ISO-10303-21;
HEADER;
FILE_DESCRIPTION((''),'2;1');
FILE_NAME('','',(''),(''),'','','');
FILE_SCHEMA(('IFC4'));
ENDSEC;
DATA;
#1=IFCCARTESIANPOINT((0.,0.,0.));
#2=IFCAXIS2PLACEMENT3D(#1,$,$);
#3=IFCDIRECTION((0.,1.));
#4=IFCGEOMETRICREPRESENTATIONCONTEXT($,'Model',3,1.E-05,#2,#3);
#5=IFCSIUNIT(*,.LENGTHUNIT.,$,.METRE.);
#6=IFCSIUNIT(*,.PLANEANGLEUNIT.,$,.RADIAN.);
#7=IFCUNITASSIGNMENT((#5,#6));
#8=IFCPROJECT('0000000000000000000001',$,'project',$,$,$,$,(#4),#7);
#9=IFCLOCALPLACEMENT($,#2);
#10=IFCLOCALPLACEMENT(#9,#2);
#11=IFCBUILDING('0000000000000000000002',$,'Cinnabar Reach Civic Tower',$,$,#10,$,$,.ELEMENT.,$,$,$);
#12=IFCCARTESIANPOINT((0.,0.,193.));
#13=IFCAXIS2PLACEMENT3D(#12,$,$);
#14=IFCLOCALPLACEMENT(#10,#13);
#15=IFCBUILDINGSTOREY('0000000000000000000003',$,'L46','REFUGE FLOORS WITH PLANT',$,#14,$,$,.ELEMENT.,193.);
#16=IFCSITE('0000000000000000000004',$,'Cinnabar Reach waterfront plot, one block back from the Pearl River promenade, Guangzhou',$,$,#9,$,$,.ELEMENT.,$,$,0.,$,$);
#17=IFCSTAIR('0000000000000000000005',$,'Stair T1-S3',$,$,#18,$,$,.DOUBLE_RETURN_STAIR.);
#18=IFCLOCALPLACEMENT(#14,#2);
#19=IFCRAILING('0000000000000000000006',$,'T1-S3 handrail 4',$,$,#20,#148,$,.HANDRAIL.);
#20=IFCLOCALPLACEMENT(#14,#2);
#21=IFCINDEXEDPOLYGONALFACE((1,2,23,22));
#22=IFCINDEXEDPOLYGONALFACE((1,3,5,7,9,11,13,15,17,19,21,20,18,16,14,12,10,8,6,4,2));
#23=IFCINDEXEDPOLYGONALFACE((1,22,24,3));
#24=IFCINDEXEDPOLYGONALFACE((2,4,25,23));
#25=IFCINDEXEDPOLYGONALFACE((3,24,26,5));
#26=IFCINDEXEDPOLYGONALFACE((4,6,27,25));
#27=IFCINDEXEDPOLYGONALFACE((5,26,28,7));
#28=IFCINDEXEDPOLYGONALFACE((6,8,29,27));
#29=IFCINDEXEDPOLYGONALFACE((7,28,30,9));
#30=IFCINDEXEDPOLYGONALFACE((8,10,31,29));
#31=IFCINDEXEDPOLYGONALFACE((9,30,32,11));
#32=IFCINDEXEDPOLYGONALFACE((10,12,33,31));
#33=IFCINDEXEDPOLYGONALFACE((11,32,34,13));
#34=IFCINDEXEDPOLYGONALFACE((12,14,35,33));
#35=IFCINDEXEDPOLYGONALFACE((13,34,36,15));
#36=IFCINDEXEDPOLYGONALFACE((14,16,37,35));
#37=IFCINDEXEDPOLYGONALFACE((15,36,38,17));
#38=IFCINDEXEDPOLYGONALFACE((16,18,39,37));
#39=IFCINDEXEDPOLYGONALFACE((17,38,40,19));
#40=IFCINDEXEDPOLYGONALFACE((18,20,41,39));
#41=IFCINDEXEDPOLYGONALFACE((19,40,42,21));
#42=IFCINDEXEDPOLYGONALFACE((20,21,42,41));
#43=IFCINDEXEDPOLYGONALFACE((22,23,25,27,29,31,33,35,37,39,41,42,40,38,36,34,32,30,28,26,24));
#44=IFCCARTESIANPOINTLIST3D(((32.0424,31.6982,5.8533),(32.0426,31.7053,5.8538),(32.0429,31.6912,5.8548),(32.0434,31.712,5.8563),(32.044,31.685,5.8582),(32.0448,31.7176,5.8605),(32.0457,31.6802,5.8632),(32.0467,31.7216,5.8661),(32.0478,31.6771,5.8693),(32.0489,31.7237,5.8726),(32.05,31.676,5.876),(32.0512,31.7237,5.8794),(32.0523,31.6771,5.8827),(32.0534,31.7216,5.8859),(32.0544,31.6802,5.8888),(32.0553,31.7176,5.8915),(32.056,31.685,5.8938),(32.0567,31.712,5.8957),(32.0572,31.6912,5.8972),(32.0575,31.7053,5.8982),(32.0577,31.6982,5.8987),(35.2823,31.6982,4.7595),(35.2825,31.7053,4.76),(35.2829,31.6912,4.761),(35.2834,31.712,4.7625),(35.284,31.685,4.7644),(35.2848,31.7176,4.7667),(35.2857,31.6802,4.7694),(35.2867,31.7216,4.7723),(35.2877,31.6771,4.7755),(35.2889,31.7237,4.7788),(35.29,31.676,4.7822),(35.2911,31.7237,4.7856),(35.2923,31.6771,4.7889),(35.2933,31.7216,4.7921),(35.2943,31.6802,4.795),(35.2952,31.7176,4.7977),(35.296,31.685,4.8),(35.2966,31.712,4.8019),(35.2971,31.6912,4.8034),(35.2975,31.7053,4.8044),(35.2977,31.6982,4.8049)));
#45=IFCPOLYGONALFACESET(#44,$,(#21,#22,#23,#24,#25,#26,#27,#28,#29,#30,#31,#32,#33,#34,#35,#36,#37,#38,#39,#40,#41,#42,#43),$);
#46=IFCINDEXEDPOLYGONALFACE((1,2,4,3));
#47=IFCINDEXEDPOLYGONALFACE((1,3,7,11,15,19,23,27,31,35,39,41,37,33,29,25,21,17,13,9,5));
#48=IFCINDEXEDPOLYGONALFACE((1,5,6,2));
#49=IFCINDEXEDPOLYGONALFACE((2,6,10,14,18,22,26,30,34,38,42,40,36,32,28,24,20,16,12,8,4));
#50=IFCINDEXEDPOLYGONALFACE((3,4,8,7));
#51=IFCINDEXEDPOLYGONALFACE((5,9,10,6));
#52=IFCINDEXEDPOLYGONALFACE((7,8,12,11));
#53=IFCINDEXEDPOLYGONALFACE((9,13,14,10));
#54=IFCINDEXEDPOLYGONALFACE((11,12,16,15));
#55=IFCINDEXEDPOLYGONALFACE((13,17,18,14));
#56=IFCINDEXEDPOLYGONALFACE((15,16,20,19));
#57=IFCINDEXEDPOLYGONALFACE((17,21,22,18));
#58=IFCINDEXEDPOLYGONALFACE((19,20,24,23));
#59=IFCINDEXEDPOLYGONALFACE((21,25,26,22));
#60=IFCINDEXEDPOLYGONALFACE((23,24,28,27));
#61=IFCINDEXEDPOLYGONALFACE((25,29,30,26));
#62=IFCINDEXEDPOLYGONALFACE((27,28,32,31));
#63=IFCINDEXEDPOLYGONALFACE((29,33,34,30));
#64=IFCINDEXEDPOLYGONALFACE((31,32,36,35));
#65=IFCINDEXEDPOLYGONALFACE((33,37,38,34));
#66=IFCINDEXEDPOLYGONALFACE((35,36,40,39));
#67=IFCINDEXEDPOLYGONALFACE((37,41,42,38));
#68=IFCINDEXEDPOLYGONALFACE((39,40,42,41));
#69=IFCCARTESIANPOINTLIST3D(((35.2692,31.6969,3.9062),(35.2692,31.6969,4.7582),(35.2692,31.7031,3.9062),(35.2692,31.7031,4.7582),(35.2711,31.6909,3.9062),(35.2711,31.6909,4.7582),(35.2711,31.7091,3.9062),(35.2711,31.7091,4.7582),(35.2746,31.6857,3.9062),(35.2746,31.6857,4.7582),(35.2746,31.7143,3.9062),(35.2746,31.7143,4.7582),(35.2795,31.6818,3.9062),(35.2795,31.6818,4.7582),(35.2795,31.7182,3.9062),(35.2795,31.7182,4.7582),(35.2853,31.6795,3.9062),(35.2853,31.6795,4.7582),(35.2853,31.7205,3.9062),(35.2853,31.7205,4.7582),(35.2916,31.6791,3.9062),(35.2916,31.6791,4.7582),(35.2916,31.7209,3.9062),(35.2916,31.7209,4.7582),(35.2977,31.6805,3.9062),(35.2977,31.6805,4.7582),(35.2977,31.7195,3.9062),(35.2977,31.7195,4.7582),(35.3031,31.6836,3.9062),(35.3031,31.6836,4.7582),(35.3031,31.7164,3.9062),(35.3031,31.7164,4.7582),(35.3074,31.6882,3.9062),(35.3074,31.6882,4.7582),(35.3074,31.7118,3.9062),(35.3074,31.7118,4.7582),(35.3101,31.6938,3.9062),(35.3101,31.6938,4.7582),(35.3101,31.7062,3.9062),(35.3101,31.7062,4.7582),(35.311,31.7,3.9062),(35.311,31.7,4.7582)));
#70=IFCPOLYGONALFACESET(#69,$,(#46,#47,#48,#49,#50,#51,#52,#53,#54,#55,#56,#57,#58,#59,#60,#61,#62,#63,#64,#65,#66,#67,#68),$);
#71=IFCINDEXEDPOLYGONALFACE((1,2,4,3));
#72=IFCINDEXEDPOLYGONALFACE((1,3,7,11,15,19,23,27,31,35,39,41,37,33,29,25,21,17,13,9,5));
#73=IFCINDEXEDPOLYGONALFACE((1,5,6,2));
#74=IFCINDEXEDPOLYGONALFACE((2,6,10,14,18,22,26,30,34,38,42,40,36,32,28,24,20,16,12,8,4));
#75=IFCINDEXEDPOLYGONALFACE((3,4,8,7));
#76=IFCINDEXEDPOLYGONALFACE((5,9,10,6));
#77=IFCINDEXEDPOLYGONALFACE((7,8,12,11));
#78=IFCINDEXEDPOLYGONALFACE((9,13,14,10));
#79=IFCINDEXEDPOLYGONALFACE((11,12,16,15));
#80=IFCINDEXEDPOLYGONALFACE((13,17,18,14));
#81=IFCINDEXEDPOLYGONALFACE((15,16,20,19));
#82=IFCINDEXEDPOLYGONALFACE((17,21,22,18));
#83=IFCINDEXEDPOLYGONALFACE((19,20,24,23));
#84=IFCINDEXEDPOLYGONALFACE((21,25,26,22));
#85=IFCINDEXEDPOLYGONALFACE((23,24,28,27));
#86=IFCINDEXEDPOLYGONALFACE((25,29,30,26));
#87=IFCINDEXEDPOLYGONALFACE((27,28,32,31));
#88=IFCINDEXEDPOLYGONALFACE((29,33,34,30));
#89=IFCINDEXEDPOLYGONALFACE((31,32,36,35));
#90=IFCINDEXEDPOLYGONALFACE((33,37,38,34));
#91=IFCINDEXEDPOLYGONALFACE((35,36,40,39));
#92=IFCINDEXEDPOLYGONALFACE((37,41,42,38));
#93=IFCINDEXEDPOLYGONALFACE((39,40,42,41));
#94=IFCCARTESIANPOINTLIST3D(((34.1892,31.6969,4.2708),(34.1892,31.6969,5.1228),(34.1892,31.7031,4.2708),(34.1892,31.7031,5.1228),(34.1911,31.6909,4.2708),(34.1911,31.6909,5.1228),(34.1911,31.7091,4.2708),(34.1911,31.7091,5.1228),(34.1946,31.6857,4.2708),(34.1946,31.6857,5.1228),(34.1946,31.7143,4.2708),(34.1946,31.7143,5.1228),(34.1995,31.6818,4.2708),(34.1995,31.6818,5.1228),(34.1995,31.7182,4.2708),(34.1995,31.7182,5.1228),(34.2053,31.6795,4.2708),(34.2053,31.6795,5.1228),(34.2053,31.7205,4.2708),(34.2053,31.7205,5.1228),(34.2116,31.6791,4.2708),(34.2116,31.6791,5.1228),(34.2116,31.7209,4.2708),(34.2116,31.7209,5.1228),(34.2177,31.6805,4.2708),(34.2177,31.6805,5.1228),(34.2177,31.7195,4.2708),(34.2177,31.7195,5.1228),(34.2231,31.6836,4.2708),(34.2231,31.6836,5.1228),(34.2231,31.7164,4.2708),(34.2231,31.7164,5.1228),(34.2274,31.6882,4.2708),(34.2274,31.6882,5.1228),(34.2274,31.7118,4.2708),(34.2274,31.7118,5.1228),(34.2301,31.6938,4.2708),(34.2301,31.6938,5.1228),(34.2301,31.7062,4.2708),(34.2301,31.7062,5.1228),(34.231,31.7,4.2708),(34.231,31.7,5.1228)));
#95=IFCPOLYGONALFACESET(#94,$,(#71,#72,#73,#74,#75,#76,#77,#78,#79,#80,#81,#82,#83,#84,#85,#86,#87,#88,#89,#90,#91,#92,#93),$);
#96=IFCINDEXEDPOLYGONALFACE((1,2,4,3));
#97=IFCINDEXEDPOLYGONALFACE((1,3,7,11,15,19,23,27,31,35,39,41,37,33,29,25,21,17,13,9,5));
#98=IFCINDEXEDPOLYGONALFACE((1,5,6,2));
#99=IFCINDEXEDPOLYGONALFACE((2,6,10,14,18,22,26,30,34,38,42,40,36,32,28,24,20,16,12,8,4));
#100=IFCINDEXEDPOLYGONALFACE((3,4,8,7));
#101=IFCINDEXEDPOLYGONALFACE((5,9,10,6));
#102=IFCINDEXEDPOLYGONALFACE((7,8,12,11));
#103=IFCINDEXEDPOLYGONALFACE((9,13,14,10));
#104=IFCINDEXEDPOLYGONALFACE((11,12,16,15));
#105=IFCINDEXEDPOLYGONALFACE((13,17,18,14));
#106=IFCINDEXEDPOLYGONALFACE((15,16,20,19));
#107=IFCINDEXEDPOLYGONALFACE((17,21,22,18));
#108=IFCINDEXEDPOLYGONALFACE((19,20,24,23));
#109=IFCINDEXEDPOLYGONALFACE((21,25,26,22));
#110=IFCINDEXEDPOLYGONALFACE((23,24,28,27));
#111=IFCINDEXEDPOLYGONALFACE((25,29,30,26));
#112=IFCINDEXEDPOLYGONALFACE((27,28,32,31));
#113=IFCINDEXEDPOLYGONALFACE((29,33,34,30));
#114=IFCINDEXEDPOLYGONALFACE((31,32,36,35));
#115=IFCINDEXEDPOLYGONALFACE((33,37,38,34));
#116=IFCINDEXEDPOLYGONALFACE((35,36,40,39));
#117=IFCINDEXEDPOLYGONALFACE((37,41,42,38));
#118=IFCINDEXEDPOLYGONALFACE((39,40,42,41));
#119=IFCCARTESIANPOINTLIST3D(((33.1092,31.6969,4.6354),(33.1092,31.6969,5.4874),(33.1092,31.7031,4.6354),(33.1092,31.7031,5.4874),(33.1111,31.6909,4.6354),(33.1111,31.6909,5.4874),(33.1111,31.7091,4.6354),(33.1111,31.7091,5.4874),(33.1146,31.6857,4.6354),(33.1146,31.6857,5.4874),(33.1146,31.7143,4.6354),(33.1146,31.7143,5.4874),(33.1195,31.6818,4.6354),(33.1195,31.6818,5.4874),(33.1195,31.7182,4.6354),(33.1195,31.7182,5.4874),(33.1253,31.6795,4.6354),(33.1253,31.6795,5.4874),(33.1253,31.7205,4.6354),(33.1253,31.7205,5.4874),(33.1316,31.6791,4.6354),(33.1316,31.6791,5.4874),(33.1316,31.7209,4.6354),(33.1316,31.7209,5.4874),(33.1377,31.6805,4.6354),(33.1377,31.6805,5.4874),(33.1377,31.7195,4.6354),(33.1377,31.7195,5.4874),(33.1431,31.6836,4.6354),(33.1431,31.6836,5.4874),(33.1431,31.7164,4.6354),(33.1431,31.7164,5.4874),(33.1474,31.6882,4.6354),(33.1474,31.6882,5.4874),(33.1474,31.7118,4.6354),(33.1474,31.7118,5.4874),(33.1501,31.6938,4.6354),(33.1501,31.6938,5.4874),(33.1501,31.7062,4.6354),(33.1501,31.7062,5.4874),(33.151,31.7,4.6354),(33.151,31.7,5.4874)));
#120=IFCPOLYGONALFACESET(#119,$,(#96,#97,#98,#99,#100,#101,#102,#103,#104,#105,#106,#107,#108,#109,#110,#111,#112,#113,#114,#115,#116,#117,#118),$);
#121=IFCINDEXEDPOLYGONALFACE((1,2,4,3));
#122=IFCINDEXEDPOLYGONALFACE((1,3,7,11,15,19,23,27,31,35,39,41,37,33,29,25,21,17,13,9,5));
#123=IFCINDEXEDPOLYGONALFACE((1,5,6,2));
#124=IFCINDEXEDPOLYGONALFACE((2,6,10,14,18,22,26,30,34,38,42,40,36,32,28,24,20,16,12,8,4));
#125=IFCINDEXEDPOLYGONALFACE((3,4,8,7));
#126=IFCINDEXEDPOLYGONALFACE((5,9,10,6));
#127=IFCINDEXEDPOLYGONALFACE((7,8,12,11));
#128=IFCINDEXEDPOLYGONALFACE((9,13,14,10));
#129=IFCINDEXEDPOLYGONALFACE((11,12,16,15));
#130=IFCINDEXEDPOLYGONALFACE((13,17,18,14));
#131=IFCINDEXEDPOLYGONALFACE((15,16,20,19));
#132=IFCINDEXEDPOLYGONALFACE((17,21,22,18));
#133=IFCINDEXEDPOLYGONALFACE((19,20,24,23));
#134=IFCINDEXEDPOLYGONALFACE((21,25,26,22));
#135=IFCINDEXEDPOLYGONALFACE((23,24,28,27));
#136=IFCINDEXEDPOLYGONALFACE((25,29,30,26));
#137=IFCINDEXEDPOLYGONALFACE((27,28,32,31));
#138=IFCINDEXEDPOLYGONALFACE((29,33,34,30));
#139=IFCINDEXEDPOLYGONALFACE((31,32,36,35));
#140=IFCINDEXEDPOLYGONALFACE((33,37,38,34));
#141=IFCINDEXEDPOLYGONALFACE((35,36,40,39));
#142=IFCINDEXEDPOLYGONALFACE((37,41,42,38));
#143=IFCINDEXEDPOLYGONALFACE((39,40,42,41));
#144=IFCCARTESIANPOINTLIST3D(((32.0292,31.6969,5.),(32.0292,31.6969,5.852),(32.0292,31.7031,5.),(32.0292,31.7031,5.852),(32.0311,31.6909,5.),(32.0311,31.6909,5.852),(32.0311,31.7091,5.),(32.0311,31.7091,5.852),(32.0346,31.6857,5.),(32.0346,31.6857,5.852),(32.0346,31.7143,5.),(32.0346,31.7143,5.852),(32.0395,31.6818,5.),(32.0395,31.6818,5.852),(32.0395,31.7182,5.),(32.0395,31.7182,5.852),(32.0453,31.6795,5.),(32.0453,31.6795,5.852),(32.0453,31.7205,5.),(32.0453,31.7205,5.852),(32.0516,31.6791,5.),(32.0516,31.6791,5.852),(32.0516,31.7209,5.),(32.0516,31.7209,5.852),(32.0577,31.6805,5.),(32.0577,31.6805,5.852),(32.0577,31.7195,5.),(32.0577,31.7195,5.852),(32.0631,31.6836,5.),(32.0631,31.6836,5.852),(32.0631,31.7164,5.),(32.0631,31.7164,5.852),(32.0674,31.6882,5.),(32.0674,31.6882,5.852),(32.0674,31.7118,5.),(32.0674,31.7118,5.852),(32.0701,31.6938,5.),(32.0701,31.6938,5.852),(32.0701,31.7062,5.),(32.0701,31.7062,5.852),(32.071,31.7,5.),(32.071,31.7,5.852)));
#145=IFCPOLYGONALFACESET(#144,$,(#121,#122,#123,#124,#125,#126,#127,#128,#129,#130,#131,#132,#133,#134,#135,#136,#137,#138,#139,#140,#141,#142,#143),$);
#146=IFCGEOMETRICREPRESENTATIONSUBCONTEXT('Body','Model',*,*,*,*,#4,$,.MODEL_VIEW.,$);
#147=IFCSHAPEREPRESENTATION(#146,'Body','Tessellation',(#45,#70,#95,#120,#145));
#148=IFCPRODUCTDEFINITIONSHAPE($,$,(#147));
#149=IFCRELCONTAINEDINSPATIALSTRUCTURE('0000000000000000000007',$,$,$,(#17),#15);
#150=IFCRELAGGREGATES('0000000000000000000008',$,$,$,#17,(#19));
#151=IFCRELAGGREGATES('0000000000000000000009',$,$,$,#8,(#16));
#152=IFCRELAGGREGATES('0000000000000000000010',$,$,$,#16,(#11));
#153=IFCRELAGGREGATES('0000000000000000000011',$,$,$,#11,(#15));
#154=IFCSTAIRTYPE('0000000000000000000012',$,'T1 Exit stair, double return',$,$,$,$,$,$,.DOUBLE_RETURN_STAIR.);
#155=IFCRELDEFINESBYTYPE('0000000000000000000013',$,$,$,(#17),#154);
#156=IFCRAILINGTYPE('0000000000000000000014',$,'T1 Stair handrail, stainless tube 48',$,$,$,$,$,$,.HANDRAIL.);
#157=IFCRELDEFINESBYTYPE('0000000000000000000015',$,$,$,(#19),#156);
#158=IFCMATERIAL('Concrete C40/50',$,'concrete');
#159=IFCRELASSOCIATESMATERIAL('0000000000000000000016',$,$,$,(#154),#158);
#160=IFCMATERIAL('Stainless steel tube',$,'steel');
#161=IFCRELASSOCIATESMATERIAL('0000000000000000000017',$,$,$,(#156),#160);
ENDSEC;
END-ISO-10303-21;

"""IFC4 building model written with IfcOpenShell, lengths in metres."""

from ifc_helpers import new_model, si_unit, direction, frame, origin, origin_2d, place, context, subcontext, project, spatial, circle, extrude, material, type_object, element, aggregate, save


model = new_model("IFC4")

# Units and contexts
model_context = context("Model", 3, precision=1e-05, world=origin(), true_north=direction((0.0, 1.0)))
body_context = subcontext(model_context, "Body", "Model", "MODEL_VIEW")
ifc_project = project(units=[si_unit("LENGTHUNIT", "METRE"), si_unit("PLANEANGLEUNIT", "RADIAN")], contexts=[model_context])

# Site, building, storey
site_placement = place(None, origin())
site = spatial("IfcSite", under=ifc_project, at=site_placement, Name="Cinnabar Reach waterfront plot, one block back from the Pearl River promenade, Guangzhou", CompositionType="ELEMENT", RefElevation=0.0)
building_placement = place(site_placement, origin())
building = spatial("IfcBuilding", under=site, at=building_placement, Name="Cinnabar Reach Civic Tower", CompositionType="ELEMENT")
storey_placement = place(building_placement, frame((0.0, 0.0, 193.0)))
storey = spatial("IfcBuildingStorey", under=building, at=storey_placement, Name="L46", Description="REFUGE FLOORS WITH PLANT", CompositionType="ELEMENT", Elevation=193.0)

# Stair, railing
ifc_material_1 = material(Name="Concrete C40/50", Category="concrete")
stair_type = type_object("IfcStairType", Name="T1 Exit stair, double return", PredefinedType="DOUBLE_RETURN_STAIR", material=ifc_material_1)
stair_placement = place(storey_placement, origin())
stair = element("IfcStair", 1, at=stair_placement, inside=storey, type_object=stair_type, Name="Stair T1-S3", PredefinedType="DOUBLE_RETURN_STAIR")
ifc_material_2 = material(Name="Stainless steel tube", Category="steel")
railing_type = type_object("IfcRailingType", Name="T1 Stair handrail, stainless tube 48", PredefinedType="HANDRAIL", material=ifc_material_2)
railing_1_placement = place(storey_placement, frame((35.29, 31.7, 3.9062)))
railing_1 = element("IfcRailing", 2, at=railing_1_placement, type_object=railing_type, Name="T1-S3 handrail 4", PredefinedType="HANDRAIL", context=body_context, shape_type="SweptSolid", body=[
    extrude(circle(Radius=0.024, at=origin_2d()), frame((0.0, 0.0, 0.876), z_axis=(-0.947466, 0.0, 0.319857), x_axis=(0.0, -1.0, 0.0)), (0.0, 0.0, 1.0), 3.4196),
    extrude(circle(Radius=0.021, at=origin_2d()), origin(), (0.0, 0.0, 1.0), 0.852),
    extrude(circle(Radius=0.021, at=origin_2d()), frame((-1.08, 0.0, 0.3646)), (0.0, 0.0, 1.0), 0.852),
    extrude(circle(Radius=0.021, at=origin_2d()), frame((-2.16, 0.0, 0.7292)), (0.0, 0.0, 1.0), 0.852),
    extrude(circle(Radius=0.021, at=origin_2d()), frame((-3.24, 0.0, 1.0938)), (0.0, 0.0, 1.0), 0.852),
])
aggregate(stair, [railing_1])

save(model, "model.ifc")
